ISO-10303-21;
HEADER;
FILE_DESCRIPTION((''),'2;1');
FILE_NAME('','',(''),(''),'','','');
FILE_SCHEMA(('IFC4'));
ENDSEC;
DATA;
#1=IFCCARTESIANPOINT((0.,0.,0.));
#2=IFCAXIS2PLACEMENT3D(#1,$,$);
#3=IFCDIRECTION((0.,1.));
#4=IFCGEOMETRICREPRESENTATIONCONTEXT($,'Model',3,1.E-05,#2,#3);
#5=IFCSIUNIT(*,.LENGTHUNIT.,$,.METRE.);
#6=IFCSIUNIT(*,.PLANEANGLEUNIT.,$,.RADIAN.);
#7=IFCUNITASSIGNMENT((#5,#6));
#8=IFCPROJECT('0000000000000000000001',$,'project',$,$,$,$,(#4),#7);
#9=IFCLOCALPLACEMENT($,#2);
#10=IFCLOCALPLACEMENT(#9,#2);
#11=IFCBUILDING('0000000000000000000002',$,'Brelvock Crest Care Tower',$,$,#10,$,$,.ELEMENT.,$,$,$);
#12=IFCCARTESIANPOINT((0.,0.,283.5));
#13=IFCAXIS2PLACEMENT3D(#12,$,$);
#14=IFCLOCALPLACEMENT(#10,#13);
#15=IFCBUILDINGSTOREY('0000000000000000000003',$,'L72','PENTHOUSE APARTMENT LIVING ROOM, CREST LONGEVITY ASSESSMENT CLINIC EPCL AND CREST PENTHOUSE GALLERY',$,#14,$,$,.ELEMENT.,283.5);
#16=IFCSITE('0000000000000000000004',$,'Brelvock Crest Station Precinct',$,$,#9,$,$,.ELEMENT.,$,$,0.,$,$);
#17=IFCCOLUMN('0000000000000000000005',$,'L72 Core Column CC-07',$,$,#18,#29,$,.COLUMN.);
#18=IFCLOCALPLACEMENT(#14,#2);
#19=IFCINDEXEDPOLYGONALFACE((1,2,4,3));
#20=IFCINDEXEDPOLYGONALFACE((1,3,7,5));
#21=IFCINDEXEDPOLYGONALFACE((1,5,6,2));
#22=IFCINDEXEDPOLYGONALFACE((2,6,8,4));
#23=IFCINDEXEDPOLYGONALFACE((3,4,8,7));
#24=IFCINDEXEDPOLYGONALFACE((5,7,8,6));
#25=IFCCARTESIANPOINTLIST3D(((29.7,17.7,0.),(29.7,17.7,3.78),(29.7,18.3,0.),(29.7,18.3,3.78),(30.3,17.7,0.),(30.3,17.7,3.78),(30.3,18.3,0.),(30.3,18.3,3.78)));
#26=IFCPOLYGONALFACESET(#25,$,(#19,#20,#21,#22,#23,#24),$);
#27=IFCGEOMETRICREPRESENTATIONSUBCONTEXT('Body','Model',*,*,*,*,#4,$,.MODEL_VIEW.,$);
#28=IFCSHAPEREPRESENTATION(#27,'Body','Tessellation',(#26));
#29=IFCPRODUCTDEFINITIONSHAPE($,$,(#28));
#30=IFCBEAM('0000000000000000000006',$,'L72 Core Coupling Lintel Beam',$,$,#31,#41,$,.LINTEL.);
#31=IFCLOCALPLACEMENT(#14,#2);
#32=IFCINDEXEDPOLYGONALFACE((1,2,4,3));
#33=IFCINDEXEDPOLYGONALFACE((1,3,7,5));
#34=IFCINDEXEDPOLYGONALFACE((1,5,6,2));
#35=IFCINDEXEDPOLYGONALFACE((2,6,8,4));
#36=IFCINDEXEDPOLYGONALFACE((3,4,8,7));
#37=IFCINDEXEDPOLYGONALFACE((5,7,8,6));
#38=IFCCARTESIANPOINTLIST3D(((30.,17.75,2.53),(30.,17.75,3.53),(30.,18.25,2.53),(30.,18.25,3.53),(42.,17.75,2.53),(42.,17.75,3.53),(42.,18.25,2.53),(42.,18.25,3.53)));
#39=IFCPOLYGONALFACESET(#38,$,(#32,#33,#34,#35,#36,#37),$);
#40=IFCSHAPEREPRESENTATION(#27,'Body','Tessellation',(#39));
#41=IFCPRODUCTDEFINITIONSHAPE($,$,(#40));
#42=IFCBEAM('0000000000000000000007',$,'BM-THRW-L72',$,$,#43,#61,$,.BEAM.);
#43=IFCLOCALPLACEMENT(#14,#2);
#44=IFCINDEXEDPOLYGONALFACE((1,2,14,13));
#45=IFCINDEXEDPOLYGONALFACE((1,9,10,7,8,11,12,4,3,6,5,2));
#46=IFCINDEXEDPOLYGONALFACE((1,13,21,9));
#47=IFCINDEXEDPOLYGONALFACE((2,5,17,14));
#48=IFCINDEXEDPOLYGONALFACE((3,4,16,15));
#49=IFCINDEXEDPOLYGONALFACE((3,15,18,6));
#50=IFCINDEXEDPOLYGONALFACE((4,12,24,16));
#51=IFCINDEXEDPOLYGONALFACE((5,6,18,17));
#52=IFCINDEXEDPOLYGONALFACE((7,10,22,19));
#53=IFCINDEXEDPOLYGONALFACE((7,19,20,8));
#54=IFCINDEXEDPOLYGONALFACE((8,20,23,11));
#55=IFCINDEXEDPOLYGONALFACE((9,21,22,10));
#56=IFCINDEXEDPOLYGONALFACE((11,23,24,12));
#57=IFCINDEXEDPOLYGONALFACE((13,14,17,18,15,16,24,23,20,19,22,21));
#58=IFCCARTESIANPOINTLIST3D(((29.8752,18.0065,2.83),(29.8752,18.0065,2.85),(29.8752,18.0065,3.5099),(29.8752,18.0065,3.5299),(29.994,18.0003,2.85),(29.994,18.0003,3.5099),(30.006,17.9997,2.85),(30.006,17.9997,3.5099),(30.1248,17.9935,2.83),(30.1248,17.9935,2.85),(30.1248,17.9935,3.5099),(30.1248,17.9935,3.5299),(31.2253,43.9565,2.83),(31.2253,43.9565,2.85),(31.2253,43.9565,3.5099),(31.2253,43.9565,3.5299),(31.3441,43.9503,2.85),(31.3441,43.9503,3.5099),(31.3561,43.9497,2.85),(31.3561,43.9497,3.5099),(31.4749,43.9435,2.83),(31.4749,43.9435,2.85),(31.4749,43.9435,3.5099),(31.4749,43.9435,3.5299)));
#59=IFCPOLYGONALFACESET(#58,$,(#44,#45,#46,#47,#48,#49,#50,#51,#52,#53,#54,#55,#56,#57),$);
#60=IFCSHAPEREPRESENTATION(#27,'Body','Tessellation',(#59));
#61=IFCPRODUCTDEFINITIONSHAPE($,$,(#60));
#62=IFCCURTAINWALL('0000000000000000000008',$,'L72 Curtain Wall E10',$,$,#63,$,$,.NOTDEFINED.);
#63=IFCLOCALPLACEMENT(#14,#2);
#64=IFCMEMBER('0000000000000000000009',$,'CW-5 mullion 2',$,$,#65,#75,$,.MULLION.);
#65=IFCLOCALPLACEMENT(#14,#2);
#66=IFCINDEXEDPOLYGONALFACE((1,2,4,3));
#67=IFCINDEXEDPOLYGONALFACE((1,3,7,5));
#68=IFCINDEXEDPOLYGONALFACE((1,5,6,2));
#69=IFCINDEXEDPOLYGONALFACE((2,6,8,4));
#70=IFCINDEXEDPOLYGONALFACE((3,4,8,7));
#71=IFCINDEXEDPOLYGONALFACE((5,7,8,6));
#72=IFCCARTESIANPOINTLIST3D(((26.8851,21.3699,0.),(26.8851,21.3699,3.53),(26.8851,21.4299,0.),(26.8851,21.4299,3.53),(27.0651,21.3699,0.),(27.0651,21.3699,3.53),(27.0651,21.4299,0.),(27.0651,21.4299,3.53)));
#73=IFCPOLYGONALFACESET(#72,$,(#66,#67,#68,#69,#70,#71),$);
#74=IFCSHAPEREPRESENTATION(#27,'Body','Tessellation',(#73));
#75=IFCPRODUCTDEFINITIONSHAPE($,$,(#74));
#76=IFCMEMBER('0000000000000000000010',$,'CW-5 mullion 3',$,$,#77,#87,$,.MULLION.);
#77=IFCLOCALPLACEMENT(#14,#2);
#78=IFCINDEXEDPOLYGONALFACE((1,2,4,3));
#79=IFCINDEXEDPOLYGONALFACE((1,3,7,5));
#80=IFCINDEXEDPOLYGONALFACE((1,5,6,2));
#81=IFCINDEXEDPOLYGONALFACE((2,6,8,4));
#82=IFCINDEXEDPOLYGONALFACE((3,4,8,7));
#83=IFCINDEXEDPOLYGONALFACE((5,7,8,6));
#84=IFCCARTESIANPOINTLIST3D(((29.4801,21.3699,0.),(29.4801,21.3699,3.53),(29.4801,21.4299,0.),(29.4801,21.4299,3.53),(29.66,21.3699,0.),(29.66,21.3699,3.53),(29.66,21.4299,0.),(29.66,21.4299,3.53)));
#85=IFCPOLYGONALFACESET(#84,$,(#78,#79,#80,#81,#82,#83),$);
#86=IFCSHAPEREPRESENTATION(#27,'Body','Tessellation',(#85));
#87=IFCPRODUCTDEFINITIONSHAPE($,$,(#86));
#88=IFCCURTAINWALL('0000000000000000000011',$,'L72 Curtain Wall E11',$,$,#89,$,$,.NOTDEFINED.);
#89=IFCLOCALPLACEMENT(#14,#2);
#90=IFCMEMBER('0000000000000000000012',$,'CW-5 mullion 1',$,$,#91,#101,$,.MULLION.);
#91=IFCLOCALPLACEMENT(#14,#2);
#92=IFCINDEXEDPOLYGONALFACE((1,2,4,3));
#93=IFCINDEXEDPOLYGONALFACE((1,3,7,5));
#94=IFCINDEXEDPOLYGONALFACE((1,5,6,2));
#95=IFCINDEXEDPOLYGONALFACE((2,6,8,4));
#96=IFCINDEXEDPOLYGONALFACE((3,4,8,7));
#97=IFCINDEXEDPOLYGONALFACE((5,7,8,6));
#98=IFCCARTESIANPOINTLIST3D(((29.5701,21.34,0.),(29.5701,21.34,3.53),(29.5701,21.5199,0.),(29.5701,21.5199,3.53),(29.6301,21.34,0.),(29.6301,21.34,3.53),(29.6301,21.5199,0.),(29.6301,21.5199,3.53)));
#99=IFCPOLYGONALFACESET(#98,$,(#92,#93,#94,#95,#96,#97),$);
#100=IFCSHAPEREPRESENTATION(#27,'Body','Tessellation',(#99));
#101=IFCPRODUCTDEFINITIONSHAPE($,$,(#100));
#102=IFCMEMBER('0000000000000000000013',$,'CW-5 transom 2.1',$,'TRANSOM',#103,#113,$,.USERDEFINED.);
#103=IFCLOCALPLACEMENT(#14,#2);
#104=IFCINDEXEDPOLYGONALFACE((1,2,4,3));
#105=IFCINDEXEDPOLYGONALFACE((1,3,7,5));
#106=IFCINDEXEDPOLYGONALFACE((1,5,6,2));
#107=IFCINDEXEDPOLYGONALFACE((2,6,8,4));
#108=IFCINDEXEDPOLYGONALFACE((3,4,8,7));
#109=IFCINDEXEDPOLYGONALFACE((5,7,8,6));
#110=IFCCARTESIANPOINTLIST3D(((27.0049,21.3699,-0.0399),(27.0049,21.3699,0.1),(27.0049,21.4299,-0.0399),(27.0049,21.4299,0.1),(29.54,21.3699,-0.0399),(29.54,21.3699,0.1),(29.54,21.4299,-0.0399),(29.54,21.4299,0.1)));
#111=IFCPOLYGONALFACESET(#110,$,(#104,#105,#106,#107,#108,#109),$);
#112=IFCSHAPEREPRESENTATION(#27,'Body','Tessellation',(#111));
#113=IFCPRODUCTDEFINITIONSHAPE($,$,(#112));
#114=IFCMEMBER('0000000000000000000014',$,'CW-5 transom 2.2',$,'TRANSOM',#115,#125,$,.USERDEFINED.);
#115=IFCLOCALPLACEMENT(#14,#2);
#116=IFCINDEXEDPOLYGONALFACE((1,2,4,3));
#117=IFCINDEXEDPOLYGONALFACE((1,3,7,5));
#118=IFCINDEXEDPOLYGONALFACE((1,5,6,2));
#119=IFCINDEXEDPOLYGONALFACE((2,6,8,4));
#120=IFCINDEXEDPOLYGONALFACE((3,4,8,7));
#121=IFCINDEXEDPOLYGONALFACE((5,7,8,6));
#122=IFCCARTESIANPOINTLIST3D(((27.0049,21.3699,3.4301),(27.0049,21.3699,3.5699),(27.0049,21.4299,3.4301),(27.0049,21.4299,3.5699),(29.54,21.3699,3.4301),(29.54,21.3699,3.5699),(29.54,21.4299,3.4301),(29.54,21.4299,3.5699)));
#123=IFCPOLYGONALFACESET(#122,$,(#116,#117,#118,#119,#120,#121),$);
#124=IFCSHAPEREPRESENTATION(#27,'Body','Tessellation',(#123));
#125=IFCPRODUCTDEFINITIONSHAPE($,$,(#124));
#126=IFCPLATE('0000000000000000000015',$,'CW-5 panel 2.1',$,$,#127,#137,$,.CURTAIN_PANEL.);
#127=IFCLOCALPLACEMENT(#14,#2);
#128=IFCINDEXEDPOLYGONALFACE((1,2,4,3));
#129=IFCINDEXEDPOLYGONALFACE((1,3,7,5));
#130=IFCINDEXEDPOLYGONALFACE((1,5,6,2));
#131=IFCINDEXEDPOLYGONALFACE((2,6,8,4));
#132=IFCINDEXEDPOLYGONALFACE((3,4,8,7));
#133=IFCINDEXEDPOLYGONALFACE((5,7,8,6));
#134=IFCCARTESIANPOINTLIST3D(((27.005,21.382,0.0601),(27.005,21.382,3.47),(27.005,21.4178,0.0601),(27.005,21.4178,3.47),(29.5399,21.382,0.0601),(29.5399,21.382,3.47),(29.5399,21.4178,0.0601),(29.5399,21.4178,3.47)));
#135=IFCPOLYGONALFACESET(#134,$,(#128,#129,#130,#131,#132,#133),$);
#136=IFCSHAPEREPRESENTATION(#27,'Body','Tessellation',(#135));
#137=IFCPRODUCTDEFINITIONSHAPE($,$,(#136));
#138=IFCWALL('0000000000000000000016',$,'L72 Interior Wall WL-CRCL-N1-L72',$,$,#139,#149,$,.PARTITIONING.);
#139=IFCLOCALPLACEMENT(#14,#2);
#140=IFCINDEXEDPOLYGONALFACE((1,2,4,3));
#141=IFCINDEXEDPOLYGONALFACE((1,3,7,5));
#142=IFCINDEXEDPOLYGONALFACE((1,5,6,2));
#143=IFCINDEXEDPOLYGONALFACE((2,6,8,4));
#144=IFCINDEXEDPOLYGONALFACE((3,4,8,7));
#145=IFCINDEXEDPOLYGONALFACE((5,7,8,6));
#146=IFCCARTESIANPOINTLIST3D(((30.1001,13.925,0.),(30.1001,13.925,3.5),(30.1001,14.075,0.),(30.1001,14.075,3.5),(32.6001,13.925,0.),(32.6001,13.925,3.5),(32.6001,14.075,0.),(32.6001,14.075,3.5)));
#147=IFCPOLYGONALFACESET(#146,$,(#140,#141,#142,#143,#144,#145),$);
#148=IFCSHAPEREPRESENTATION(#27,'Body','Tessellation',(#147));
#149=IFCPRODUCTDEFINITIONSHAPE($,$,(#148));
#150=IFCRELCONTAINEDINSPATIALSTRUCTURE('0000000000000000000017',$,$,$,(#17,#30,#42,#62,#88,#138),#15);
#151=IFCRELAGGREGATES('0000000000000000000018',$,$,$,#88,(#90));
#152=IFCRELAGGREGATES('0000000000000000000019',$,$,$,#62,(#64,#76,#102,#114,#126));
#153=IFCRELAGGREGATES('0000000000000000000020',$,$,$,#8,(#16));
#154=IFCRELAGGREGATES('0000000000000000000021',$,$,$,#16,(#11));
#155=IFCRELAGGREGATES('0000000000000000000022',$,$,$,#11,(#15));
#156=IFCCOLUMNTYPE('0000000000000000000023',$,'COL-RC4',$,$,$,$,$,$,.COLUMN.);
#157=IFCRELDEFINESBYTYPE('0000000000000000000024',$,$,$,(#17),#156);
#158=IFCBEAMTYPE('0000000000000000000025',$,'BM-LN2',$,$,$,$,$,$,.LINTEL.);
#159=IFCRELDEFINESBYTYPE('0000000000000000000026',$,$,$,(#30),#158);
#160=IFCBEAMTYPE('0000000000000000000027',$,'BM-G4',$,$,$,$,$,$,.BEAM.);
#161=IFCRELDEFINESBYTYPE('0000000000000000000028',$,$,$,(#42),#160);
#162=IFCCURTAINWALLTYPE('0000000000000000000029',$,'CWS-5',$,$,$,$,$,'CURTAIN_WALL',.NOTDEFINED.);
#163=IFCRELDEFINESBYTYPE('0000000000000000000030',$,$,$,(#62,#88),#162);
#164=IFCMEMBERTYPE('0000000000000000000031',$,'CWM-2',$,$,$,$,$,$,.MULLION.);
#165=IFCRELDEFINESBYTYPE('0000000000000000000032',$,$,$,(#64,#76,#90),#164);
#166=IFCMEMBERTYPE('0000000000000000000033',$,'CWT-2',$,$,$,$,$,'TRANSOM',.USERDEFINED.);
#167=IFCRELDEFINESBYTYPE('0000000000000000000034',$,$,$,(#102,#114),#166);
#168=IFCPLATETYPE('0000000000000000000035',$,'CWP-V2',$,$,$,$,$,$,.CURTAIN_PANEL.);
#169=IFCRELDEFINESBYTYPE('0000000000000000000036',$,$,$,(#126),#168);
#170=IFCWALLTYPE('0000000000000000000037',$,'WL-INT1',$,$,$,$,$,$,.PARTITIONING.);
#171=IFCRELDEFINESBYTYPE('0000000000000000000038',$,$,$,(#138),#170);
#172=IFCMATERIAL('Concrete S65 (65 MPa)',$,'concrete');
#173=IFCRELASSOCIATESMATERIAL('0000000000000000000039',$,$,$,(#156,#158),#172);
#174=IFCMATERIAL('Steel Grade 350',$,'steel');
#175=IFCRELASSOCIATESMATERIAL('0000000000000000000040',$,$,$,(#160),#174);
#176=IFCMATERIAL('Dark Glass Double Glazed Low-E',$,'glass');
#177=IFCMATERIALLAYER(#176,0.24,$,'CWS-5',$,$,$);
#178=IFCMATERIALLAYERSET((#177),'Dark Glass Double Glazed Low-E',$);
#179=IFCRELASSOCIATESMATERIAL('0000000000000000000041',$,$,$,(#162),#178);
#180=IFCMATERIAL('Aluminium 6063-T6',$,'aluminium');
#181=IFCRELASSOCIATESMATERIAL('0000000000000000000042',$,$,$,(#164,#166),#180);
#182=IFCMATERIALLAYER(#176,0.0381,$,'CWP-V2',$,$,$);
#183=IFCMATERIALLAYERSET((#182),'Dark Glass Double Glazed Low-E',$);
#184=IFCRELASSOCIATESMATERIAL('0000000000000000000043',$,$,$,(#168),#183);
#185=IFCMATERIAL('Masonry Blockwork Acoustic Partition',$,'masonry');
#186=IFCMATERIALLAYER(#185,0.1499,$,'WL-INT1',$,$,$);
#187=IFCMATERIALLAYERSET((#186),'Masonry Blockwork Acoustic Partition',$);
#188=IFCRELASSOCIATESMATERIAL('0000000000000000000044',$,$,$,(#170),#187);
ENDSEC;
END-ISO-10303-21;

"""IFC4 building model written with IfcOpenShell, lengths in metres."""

from ifc_helpers import new_model, si_unit, direction, frame, frame_2d, origin, origin_2d, place, context, subcontext, project, spatial, rectangle, i_section, extrude, source, transform, mapped, material, layer, layer_set, material_profile, profile_set, type_object, element, aggregate, save


model = new_model("IFC4")

# Units and contexts
model_context = context("Model", 3, precision=1e-05, world=origin(), true_north=direction((0.0, 1.0)))
body_context = subcontext(model_context, "Body", "Model", "MODEL_VIEW")
ifc_project = project(units=[si_unit("LENGTHUNIT", "METRE"), si_unit("PLANEANGLEUNIT", "RADIAN")], contexts=[model_context])

# Site, building, storey
site_placement = place(None, origin())
site = spatial("IfcSite", under=ifc_project, at=site_placement, Name="Brelvock Crest Station Precinct", CompositionType="ELEMENT", RefElevation=0.0)
building_placement = place(site_placement, origin())
building = spatial("IfcBuilding", under=site, at=building_placement, Name="Brelvock Crest Care Tower", CompositionType="ELEMENT")
storey_placement = place(building_placement, frame((0.0, 0.0, 283.5)))
storey = spatial("IfcBuildingStorey", under=building, at=storey_placement, Name="L72", Description="PENTHOUSE APARTMENT LIVING ROOM, CREST LONGEVITY ASSESSMENT CLINIC EPCL AND CREST PENTHOUSE GALLERY", CompositionType="ELEMENT", Elevation=283.5)

# Column
ifc_material_1 = material(Name="Concrete S65 (65 MPa)", Category="concrete")
ifc_material_profile_1 = material_profile(ifc_material_1, rectangle(XDim=0.6001, YDim=0.6001, at=origin_2d()), Name="RC600x600")
ifc_profile_set_1 = profile_set([ifc_material_profile_1], Name="Concrete S65 (65 MPa)")
column_type = type_object("IfcColumnType", Name="COL-RC4", PredefinedType="COLUMN", material=ifc_profile_set_1)
shared_shape_1 = source(origin(), body_context, "Body", "SweptSolid", [
    extrude(rectangle(XDim=0.6001, YDim=0.6001, at=origin_2d()), origin(), (0.0, 0.0, 1.0), 3.78),
])
column_placement = place(storey_placement, frame((30.0, 18.0, 0.0), z_axis=(0.0, 0.0, 1.0), x_axis=(1.0, 0.0, 0.0)))
element("IfcColumn", 1, at=column_placement, inside=storey, type_object=column_type, Name="L72 Core Column CC-07", PredefinedType="COLUMN", context=body_context, shape_type="MappedRepresentation", body=[
    mapped(shared_shape_1, transform((0.0, 0.0, 0.0), x_axis=(1.0, 0.0, 0.0), y_axis=(0.0, 1.0, 0.0), z_axis=(0.0, 0.0, 1.0), scale=1.0)),
])

# Beams
ifc_material_profile_2 = material_profile(ifc_material_1, rectangle(XDim=0.5, YDim=1.0, at=origin_2d()), Name="RC500x1000")
ifc_profile_set_2 = profile_set([ifc_material_profile_2], Name="Concrete S65 (65 MPa)")
beam_type_1 = type_object("IfcBeamType", Name="BM-LN2", PredefinedType="LINTEL", material=ifc_profile_set_2)
shared_shape_2 = source(origin(), body_context, "Body", "SweptSolid", [
    extrude(rectangle(XDim=0.5, YDim=1.0, at=origin_2d()), origin(), (0.0, 0.0, 1.0), 12.0),
])
beam_1_placement = place(storey_placement, frame((30.0, 18.0, 3.03), z_axis=(1.0, 0.0, 0.0), x_axis=(0.0, 1.0, 0.0)))
element("IfcBeam", 2, at=beam_1_placement, inside=storey, type_object=beam_type_1, Name="L72 Core Coupling Lintel Beam", PredefinedType="LINTEL", context=body_context, shape_type="MappedRepresentation", body=[
    mapped(shared_shape_2, transform((0.0, 0.0, 0.0), x_axis=(1.0, 0.0, 0.0), y_axis=(0.0, 1.0, 0.0), z_axis=(0.0, 0.0, 1.0), scale=1.0)),
])
ifc_material_2 = material(Name="Steel Grade 350", Category="steel")
ifc_material_profile_3 = material_profile(ifc_material_2, i_section(OverallWidth=0.25, OverallDepth=0.7, WebThickness=0.012, FlangeThickness=0.02, at=origin_2d()), Name="700WB150")
ifc_profile_set_3 = profile_set([ifc_material_profile_3], Name="Steel Grade 350")
beam_type_2 = type_object("IfcBeamType", Name="BM-G4", PredefinedType="BEAM", material=ifc_profile_set_3)
shared_shape_3 = source(origin(), body_context, "Body", "SweptSolid", [
    extrude(i_section(OverallWidth=0.25, OverallDepth=0.7, WebThickness=0.012, FlangeThickness=0.02, at=origin_2d()), origin(), (0.0, 0.0, 1.0), 25.9851),
])
beam_2_placement = place(storey_placement, frame((30.0, 18.0, 3.1799), z_axis=(0.051957, 0.998649, 0.0), x_axis=(-0.998649, 0.051957, 0.0)))
element("IfcBeam", 3, at=beam_2_placement, inside=storey, type_object=beam_type_2, Name="BM-THRW-L72", PredefinedType="BEAM", context=body_context, shape_type="MappedRepresentation", body=[
    mapped(shared_shape_3, transform((0.0, 0.0, 0.0), x_axis=(1.0, 0.0, 0.0), y_axis=(0.0, 1.0, 0.0), z_axis=(0.0, 0.0, 1.0), scale=1.0)),
])

# Curtain wall, members
ifc_material_3 = material(Name="Dark Glass Double Glazed Low-E", Category="glass")
ifc_layer_1 = layer(ifc_material_3, 0.24, Name="CWS-5")
ifc_layer_set_1 = layer_set([ifc_layer_1], Name="Dark Glass Double Glazed Low-E")
curtain_wall_type = type_object("IfcCurtainWallType", Name="CWS-5", ElementType="CURTAIN_WALL", PredefinedType="NOTDEFINED", material=ifc_layer_set_1)
curtain_wall_1_placement = place(storey_placement, origin())
curtain_wall_1 = element("IfcCurtainWall", 4, at=curtain_wall_1_placement, inside=storey, type_object=curtain_wall_type, Name="L72 Curtain Wall E10", PredefinedType="NOTDEFINED")
ifc_material_4 = material(Name="Aluminium 6063-T6", Category="aluminium")
ifc_material_profile_4 = material_profile(ifc_material_4, rectangle(XDim=0.0601, YDim=0.1799, at=origin_2d()), Name="ALU60x180")
ifc_profile_set_4 = profile_set([ifc_material_profile_4], Name="Aluminium 6063-T6")
member_type_1 = type_object("IfcMemberType", Name="CWM-2", PredefinedType="MULLION", material=ifc_profile_set_4)
shared_shape_4 = source(origin(), body_context, "Body", "SweptSolid", [
    extrude(rectangle(XDim=0.0601, YDim=0.1799, at=origin_2d()), origin(), (0.0, 0.0, 1.0), 3.53),
])
member_1_placement = place(storey_placement, frame((26.9751, 21.3999, 0.0), z_axis=(0.0, 0.0, 1.0), x_axis=(0.0, 1.0, 0.0)))
member_1 = element("IfcMember", 5, at=member_1_placement, type_object=member_type_1, Name="CW-5 mullion 2", PredefinedType="MULLION", context=body_context, shape_type="MappedRepresentation", body=[
    mapped(shared_shape_4, transform((0.0, 0.0, 0.0), x_axis=(1.0, 0.0, 0.0), y_axis=(0.0, 1.0, 0.0), z_axis=(0.0, 0.0, 1.0), scale=1.0)),
])
member_2_placement = place(storey_placement, frame((29.5701, 21.3999, 0.0), z_axis=(0.0, 0.0, 1.0), x_axis=(0.0, 1.0, 0.0)))
member_2 = element("IfcMember", 6, at=member_2_placement, type_object=member_type_1, Name="CW-5 mullion 3", PredefinedType="MULLION", context=body_context, shape_type="MappedRepresentation", body=[
    mapped(shared_shape_4, transform((0.0, 0.0, 0.0), x_axis=(1.0, 0.0, 0.0), y_axis=(0.0, 1.0, 0.0), z_axis=(0.0, 0.0, 1.0), scale=1.0)),
])

# Curtain wall, member
curtain_wall_2_placement = place(storey_placement, origin())
curtain_wall_2 = element("IfcCurtainWall", 7, at=curtain_wall_2_placement, inside=storey, type_object=curtain_wall_type, Name="L72 Curtain Wall E11", PredefinedType="NOTDEFINED")
member_3_placement = place(storey_placement, frame((29.6001, 21.4299, 0.0), z_axis=(0.0, 0.0, 1.0), x_axis=(-1.0, 0.0, 0.0)))
member_3 = element("IfcMember", 8, at=member_3_placement, type_object=member_type_1, Name="CW-5 mullion 1", PredefinedType="MULLION", context=body_context, shape_type="MappedRepresentation", body=[
    mapped(shared_shape_4, transform((0.0, 0.0, 0.0), x_axis=(1.0, 0.0, 0.0), y_axis=(0.0, 1.0, 0.0), z_axis=(0.0, 0.0, 1.0), scale=1.0)),
])
aggregate(curtain_wall_2, [member_3])

# Members
ifc_material_profile_5 = material_profile(ifc_material_4, rectangle(XDim=0.0601, YDim=0.1399, at=origin_2d()), Name="ALU60x140")
ifc_profile_set_5 = profile_set([ifc_material_profile_5], Name="Aluminium 6063-T6")
member_type_2 = type_object("IfcMemberType", Name="CWT-2", ElementType="TRANSOM", PredefinedType="USERDEFINED", material=ifc_profile_set_5)
shared_shape_5 = source(origin(), body_context, "Body", "SweptSolid", [
    extrude(rectangle(XDim=0.0601, YDim=0.1399, at=origin_2d()), origin(), (0.0, 0.0, 1.0), 2.5352),
])
member_4_placement = place(storey_placement, frame((27.0049, 21.3999, 0.03), z_axis=(1.0, 0.0, 0.0), x_axis=(0.0, 1.0, 0.0)))
member_4 = element("IfcMember", 9, at=member_4_placement, type_object=member_type_2, Name="CW-5 transom 2.1", ObjectType="TRANSOM", PredefinedType="USERDEFINED", context=body_context, shape_type="MappedRepresentation", body=[
    mapped(shared_shape_5, transform((0.0, 0.0, 0.0), x_axis=(1.0, 0.0, 0.0), y_axis=(0.0, 1.0, 0.0), z_axis=(0.0, 0.0, 1.0), scale=1.0)),
])
member_5_placement = place(storey_placement, frame((27.0049, 21.3999, 3.5), z_axis=(1.0, 0.0, 0.0), x_axis=(0.0, 1.0, 0.0)))
member_5 = element("IfcMember", 10, at=member_5_placement, type_object=member_type_2, Name="CW-5 transom 2.2", ObjectType="TRANSOM", PredefinedType="USERDEFINED", context=body_context, shape_type="MappedRepresentation", body=[
    mapped(shared_shape_5, transform((0.0, 0.0, 0.0), x_axis=(1.0, 0.0, 0.0), y_axis=(0.0, 1.0, 0.0), z_axis=(0.0, 0.0, 1.0), scale=1.0)),
])

# Plate
ifc_layer_2 = layer(ifc_material_3, 0.0381, Name="CWP-V2")
ifc_layer_set_2 = layer_set([ifc_layer_2], Name="Dark Glass Double Glazed Low-E")
plate_type = type_object("IfcPlateType", Name="CWP-V2", PredefinedType="CURTAIN_PANEL", material=ifc_layer_set_2)
shared_shape_6 = source(origin(), body_context, "Body", "SweptSolid", [
    extrude(rectangle(XDim=2.5349, YDim=0.0359, at=origin_2d()), origin(), (0.0, 0.0, 1.0), 3.4099),
])
plate_placement = place(storey_placement, frame((28.2725, 21.3999, 0.0601), z_axis=(0.0, 0.0, 1.0), x_axis=(1.0, 0.0, 0.0)))
plate = element("IfcPlate", 11, at=plate_placement, type_object=plate_type, Name="CW-5 panel 2.1", PredefinedType="CURTAIN_PANEL", context=body_context, shape_type="MappedRepresentation", body=[
    mapped(shared_shape_6, transform((0.0, 0.0, 0.0), x_axis=(1.0, 0.0, 0.0), y_axis=(0.0, 1.0, 0.0), z_axis=(0.0, 0.0, 1.0), scale=1.0)),
])
aggregate(curtain_wall_1, [member_1, member_2, member_4, member_5, plate])

# Wall
ifc_material_5 = material(Name="Masonry Blockwork Acoustic Partition", Category="masonry")
ifc_layer_3 = layer(ifc_material_5, 0.1499, Name="WL-INT1")
ifc_layer_set_3 = layer_set([ifc_layer_3], Name="Masonry Blockwork Acoustic Partition")
wall_type_1 = type_object("IfcWallType", Name="WL-INT1", PredefinedType="PARTITIONING", material=ifc_layer_set_3)
wall_1_placement = place(storey_placement, frame((30.1001, 14.0, 0.0), z_axis=(0.0, 0.0, 1.0), x_axis=(1.0, 0.0, 0.0)))
element("IfcWall", 12, at=wall_1_placement, inside=storey, type_object=wall_type_1, Name="L72 Interior Wall WL-CRCL-N1-L72", PredefinedType="PARTITIONING", context=body_context, shape_type="SweptSolid", body=[
    extrude(rectangle(XDim=2.5, YDim=0.1499, at=frame_2d((1.25, 0.0))), origin(), (0.0, 0.0, 1.0), 3.5),
])

save(model, "model.ifc")
